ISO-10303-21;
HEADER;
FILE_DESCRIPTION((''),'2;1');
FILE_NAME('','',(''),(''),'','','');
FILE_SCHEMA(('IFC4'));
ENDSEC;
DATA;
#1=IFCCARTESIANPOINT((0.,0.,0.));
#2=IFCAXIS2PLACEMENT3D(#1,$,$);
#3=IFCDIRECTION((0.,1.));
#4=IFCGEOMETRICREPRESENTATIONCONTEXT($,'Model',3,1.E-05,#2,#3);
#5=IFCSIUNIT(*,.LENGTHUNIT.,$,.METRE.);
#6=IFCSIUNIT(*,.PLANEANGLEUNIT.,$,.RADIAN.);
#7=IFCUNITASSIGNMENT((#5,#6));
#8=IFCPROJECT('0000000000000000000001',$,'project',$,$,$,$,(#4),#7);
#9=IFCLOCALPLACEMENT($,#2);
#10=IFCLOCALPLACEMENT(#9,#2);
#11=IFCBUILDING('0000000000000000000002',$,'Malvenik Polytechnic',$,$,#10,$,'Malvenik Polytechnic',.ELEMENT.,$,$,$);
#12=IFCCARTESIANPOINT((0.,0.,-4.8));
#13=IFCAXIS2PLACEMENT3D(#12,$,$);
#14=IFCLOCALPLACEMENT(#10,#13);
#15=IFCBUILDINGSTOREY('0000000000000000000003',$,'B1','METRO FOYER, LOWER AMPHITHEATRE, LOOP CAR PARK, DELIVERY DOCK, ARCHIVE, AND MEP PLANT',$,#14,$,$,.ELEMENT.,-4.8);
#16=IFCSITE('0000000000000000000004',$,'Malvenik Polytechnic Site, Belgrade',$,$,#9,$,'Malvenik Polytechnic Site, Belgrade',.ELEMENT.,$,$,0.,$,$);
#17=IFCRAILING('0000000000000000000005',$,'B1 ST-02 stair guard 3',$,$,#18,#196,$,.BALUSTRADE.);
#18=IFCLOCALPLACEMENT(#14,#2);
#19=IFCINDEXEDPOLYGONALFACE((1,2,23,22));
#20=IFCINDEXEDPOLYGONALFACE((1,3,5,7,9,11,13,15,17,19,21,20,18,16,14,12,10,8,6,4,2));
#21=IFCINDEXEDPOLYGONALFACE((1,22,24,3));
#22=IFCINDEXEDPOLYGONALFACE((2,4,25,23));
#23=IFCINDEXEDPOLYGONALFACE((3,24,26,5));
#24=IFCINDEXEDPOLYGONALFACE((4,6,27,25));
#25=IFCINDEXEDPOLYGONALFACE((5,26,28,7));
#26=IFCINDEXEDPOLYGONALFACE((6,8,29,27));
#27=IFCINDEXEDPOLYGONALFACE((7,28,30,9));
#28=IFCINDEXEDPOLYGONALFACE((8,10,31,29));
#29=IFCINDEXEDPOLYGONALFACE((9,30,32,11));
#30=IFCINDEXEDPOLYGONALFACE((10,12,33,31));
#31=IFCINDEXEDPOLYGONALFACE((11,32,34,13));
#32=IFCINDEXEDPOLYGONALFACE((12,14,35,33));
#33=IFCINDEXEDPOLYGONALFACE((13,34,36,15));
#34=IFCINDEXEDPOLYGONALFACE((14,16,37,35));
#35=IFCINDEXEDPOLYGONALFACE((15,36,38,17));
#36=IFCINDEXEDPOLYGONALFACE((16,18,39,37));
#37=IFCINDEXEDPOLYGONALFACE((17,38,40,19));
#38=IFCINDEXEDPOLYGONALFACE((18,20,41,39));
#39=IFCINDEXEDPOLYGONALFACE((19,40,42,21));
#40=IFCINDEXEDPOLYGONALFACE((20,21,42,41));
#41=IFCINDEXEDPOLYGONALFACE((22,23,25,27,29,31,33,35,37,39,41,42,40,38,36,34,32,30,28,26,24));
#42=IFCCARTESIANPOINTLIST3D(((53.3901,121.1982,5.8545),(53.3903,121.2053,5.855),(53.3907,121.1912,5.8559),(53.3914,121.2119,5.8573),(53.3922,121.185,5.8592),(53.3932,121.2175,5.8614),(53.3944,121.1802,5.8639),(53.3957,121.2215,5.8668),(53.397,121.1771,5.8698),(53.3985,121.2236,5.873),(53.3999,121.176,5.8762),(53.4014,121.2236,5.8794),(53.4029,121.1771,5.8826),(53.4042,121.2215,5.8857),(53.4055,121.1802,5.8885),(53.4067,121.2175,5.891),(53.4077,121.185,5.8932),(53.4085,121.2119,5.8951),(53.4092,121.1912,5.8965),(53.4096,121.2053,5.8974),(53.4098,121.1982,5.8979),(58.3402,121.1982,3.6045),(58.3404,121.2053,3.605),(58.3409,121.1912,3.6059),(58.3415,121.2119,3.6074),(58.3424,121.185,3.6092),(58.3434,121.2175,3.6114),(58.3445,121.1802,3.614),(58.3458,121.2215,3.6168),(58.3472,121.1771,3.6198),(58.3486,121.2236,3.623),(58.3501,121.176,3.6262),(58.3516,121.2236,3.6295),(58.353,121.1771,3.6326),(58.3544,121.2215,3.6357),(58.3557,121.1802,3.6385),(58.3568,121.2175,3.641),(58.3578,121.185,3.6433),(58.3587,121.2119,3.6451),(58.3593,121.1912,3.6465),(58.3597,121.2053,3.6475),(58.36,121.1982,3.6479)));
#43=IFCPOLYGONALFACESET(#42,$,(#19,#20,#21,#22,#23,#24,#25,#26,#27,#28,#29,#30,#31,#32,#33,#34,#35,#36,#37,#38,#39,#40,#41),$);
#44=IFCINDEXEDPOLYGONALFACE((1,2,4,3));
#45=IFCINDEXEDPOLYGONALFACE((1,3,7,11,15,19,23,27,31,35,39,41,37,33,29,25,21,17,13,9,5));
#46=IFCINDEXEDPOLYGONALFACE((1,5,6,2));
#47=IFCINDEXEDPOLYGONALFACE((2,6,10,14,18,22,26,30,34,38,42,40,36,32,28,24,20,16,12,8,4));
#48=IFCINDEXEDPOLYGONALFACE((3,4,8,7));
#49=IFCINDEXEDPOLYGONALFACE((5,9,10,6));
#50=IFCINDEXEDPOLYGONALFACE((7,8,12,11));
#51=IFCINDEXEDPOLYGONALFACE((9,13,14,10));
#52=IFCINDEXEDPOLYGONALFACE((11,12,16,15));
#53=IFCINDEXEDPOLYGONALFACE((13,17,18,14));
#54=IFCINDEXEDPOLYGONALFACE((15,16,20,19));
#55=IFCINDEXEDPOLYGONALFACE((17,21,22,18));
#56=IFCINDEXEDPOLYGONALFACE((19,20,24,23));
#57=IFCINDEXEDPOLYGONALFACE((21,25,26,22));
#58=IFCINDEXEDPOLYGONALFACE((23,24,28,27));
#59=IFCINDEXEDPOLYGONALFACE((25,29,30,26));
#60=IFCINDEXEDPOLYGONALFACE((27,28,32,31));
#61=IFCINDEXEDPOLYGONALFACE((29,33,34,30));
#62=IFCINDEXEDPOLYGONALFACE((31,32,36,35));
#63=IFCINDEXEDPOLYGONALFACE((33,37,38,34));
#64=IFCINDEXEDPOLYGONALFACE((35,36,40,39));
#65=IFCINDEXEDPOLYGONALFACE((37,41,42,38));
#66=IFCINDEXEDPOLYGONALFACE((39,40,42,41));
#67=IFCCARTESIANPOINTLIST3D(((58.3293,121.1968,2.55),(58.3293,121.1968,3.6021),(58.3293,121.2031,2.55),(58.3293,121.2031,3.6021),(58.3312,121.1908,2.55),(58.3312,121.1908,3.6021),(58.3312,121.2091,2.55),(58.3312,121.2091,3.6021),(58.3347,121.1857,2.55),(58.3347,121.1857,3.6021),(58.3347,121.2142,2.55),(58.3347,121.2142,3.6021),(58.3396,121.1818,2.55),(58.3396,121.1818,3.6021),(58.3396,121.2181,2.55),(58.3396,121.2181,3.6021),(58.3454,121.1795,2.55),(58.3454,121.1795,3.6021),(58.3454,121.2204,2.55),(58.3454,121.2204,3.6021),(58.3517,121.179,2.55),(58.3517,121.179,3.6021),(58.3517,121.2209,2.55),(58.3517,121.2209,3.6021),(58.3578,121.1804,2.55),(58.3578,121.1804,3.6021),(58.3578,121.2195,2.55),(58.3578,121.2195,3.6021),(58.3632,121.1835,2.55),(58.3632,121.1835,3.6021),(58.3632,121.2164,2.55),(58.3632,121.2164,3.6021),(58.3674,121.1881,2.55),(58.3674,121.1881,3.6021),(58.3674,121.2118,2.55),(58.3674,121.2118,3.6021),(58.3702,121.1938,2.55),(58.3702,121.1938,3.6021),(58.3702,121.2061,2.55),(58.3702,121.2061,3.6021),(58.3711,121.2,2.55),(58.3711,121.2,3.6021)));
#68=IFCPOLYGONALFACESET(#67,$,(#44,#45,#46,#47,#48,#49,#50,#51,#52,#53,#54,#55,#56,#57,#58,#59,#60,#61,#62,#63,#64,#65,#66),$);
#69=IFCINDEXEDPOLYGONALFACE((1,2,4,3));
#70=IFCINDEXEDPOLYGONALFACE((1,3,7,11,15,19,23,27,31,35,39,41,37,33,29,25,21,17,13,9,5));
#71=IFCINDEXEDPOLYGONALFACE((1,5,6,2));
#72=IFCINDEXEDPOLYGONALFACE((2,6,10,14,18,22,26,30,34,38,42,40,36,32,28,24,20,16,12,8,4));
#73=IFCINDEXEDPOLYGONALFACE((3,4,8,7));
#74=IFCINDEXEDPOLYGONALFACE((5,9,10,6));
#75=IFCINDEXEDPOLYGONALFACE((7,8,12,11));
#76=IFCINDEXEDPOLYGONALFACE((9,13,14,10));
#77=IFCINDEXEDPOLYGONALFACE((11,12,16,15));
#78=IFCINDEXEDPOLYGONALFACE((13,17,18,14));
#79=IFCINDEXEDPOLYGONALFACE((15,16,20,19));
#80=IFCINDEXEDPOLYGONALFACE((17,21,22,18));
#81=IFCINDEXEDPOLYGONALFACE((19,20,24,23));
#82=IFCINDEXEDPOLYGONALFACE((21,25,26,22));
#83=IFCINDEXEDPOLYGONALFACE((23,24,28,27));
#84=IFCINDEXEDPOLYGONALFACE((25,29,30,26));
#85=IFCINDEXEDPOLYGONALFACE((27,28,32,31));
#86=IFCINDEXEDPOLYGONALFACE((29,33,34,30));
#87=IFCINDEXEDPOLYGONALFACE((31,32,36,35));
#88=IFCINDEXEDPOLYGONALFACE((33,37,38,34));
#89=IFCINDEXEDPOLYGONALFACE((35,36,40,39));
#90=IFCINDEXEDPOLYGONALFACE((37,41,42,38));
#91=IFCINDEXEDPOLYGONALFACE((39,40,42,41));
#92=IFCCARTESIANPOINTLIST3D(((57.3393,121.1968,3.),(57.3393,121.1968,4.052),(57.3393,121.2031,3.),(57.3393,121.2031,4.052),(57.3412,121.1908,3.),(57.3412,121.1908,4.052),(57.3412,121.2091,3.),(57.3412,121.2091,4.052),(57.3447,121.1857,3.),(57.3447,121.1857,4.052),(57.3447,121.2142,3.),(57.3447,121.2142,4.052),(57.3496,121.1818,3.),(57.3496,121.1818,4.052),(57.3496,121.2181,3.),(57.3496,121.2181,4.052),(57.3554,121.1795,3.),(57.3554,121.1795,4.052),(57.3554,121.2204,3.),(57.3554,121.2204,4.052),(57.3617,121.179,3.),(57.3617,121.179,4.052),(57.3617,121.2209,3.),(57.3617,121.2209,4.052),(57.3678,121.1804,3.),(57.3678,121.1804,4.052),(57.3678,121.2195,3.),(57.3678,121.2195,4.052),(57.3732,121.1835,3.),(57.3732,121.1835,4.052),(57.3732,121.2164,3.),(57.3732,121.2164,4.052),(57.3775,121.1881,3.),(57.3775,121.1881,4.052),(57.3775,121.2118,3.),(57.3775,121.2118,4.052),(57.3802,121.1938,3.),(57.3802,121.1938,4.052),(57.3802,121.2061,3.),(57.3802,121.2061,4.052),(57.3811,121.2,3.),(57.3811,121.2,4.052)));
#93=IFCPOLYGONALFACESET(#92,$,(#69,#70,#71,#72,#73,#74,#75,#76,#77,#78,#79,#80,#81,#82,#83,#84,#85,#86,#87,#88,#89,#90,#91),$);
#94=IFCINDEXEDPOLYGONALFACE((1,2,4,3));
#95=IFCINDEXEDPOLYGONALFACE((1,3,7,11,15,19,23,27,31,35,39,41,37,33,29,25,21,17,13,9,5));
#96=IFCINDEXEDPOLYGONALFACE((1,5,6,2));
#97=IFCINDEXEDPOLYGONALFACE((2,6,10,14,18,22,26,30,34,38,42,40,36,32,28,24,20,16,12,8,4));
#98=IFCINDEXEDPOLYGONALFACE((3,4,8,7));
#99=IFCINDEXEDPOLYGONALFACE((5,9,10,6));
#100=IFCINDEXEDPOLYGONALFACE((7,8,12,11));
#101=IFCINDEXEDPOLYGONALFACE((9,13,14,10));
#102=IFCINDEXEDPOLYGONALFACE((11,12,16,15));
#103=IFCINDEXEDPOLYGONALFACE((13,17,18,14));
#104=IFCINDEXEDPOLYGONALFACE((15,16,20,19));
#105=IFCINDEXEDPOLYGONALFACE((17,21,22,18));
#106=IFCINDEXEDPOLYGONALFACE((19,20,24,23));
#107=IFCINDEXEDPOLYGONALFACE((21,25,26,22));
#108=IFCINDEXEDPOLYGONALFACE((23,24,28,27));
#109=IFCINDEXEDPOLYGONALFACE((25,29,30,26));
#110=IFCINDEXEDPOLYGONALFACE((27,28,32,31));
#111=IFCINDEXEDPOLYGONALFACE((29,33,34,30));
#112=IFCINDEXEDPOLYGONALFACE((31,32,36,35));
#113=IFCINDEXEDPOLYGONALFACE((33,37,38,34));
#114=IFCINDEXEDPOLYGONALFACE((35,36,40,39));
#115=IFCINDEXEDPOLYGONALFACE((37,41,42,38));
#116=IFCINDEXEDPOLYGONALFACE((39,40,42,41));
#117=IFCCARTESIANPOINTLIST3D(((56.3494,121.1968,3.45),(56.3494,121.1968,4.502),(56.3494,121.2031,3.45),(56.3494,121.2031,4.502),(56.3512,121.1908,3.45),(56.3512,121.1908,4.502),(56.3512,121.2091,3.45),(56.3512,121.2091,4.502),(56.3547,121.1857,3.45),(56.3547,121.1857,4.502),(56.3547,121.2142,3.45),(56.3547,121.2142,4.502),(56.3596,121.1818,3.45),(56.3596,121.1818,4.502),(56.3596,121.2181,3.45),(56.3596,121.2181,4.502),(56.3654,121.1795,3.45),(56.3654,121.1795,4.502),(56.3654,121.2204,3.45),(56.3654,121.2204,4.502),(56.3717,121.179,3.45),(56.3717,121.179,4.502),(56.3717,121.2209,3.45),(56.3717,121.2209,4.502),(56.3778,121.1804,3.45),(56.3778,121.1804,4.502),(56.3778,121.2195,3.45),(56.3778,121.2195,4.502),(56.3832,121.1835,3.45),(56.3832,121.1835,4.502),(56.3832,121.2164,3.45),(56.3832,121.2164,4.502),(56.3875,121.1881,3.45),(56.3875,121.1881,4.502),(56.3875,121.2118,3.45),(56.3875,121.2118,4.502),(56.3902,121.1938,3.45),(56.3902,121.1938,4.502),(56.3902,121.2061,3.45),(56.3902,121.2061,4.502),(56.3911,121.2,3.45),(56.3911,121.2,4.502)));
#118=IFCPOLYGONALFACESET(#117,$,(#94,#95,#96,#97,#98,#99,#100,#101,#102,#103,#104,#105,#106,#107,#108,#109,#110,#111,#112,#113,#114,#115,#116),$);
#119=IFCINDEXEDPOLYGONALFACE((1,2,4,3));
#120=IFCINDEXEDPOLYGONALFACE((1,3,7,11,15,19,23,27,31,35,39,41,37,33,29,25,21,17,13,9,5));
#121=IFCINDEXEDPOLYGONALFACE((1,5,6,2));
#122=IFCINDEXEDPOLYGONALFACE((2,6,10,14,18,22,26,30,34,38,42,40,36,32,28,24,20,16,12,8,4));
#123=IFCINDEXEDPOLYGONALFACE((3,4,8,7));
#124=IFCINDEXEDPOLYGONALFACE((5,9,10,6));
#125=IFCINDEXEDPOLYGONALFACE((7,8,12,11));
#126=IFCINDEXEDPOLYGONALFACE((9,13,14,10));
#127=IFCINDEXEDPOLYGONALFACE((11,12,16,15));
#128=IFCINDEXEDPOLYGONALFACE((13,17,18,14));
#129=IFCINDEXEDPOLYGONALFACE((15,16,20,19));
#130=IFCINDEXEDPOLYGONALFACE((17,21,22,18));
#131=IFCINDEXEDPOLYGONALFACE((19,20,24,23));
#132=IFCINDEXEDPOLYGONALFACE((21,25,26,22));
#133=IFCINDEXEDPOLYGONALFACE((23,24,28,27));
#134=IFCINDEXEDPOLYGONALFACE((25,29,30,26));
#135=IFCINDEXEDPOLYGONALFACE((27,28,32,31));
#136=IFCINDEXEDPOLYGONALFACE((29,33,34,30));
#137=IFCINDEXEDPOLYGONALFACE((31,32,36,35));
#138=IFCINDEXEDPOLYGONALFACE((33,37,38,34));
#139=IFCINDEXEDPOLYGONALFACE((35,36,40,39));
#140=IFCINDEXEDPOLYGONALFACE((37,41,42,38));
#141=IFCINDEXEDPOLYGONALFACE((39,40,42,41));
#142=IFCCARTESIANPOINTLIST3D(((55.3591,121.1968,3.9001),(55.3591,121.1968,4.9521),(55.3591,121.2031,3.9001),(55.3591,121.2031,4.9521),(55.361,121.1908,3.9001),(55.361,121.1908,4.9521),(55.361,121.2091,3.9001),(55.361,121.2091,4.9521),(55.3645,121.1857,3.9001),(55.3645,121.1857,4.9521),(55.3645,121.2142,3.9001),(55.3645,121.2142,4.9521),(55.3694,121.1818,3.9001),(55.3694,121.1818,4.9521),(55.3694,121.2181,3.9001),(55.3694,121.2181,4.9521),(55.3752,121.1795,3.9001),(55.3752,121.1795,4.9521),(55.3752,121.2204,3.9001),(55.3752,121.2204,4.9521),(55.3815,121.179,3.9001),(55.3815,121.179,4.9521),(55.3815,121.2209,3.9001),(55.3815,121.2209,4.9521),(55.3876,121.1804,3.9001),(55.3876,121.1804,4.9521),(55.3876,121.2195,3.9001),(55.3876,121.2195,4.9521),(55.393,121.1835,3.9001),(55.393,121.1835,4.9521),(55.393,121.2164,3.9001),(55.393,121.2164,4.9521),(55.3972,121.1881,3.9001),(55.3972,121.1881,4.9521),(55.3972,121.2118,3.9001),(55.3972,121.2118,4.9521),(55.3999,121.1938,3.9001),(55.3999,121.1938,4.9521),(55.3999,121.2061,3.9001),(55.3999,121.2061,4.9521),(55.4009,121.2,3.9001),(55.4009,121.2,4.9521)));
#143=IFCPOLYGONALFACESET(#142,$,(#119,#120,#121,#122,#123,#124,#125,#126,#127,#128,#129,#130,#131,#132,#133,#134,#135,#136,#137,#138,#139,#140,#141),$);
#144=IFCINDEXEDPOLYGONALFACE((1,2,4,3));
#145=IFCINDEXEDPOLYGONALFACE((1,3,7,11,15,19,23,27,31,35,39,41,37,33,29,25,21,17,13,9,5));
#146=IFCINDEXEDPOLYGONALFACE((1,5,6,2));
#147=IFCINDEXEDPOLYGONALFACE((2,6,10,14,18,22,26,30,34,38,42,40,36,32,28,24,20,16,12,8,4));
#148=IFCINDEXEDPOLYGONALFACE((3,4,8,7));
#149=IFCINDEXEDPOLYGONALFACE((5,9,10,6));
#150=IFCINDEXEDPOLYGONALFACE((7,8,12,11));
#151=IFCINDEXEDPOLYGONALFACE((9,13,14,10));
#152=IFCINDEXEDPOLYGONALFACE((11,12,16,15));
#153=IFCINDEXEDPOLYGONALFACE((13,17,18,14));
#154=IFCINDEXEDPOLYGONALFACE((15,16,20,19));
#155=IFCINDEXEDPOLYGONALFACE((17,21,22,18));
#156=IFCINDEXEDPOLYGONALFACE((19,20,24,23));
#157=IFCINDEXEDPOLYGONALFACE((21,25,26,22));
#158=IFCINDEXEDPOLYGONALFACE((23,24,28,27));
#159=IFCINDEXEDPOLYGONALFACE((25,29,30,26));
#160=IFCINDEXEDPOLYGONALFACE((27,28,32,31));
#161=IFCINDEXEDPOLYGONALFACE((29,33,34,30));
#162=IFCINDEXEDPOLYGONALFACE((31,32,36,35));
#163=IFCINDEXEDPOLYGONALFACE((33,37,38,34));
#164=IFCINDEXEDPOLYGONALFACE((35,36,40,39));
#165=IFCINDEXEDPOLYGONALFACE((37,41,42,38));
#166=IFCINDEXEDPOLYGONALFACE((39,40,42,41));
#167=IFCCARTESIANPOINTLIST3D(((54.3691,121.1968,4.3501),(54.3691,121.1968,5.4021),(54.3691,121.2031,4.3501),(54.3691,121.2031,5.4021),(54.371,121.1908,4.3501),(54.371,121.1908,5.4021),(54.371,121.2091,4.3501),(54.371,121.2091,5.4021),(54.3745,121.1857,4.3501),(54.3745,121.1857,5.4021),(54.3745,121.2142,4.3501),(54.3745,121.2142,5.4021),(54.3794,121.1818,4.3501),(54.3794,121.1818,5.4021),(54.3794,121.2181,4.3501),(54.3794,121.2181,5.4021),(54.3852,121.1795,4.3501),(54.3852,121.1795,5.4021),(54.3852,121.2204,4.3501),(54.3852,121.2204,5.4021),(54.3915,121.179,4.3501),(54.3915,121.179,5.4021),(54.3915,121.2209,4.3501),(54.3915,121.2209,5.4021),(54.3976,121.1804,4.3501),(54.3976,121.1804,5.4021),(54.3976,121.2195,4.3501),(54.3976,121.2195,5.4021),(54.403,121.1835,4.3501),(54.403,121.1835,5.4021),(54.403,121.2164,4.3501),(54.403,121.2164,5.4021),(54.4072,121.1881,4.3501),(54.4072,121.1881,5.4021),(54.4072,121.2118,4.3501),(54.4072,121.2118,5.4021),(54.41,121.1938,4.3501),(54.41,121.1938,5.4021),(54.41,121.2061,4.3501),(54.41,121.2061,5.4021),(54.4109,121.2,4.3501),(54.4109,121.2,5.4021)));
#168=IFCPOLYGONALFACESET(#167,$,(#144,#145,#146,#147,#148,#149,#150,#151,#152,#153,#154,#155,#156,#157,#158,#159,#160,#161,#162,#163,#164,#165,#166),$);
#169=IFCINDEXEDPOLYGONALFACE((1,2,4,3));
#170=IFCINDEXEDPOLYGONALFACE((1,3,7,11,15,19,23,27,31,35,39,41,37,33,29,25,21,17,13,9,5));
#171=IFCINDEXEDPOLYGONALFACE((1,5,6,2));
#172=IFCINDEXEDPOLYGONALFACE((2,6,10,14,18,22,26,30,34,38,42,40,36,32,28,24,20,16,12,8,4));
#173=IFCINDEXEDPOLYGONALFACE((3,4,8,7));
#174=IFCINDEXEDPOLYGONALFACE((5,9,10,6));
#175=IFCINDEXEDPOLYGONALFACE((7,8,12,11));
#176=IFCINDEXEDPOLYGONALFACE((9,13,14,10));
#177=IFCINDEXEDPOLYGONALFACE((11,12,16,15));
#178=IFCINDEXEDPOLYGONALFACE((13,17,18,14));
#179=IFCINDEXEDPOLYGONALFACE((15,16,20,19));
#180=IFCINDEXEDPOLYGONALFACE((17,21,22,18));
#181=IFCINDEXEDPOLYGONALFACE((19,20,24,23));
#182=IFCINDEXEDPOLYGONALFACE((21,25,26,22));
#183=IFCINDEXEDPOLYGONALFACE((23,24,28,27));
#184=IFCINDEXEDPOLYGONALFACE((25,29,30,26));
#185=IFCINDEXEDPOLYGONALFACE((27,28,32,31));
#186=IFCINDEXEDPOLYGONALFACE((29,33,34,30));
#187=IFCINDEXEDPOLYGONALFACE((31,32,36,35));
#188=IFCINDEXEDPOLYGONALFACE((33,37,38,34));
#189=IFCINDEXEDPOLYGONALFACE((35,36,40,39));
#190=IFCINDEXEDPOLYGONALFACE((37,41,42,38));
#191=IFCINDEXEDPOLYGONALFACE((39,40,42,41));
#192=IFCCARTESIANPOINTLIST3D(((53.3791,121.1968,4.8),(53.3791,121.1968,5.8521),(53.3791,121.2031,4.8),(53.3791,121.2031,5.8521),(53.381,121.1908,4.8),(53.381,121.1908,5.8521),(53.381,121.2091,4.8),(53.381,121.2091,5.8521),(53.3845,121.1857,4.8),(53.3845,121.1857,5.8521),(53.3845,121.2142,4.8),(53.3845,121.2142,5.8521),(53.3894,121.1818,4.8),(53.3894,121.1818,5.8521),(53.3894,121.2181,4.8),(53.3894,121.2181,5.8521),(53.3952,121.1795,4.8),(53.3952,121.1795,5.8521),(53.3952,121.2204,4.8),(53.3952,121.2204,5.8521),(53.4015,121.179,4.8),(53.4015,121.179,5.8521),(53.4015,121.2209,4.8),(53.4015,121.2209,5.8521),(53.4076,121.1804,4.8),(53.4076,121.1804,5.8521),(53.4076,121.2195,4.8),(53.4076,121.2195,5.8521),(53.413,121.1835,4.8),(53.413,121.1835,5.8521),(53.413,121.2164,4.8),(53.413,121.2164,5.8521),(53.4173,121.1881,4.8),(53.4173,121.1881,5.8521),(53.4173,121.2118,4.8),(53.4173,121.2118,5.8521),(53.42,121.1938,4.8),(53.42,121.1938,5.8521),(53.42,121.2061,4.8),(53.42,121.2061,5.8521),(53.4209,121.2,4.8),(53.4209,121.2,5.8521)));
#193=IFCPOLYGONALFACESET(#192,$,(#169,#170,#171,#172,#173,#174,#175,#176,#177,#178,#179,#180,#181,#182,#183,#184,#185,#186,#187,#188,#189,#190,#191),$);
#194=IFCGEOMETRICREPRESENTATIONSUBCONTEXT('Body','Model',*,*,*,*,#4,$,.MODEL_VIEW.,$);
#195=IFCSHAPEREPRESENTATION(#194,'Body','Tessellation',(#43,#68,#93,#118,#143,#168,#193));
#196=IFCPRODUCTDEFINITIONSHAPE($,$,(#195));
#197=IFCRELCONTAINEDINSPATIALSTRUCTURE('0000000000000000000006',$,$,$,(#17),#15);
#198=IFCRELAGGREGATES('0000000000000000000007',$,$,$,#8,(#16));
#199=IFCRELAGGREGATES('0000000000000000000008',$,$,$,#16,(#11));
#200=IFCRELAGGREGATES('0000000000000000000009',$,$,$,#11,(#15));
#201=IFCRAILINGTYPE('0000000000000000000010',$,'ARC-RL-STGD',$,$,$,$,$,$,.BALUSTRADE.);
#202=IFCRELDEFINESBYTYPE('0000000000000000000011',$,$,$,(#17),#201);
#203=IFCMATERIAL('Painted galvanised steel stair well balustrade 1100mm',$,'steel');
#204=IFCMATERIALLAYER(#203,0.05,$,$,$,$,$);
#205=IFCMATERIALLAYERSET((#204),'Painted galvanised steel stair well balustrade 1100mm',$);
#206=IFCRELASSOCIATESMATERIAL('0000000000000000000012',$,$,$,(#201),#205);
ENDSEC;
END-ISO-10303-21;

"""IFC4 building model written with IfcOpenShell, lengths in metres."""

from ifc_helpers import new_model, si_unit, direction, frame, origin, origin_2d, place, context, subcontext, project, spatial, circle, extrude, material, layer, layer_set, type_object, element, save


model = new_model("IFC4")

# Units and contexts
model_context = context("Model", 3, precision=1e-05, world=origin(), true_north=direction((0.0, 1.0)))
body_context = subcontext(model_context, "Body", "Model", "MODEL_VIEW")
ifc_project = project(units=[si_unit("LENGTHUNIT", "METRE"), si_unit("PLANEANGLEUNIT", "RADIAN")], contexts=[model_context])

# Site, building, storey
site_placement = place(None, origin())
site = spatial("IfcSite", under=ifc_project, at=site_placement, Name="Malvenik Polytechnic Site, Belgrade", LongName="Malvenik Polytechnic Site, Belgrade", CompositionType="ELEMENT", RefElevation=0.0)
building_placement = place(site_placement, origin())
building = spatial("IfcBuilding", under=site, at=building_placement, Name="Malvenik Polytechnic", LongName="Malvenik Polytechnic", CompositionType="ELEMENT")
storey_placement = place(building_placement, frame((0.0, 0.0, -4.8)))
storey = spatial("IfcBuildingStorey", under=building, at=storey_placement, Name="B1", Description="METRO FOYER, LOWER AMPHITHEATRE, LOOP CAR PARK, DELIVERY DOCK, ARCHIVE, AND MEP PLANT", CompositionType="ELEMENT", Elevation=-4.8)

# Railing
ifc_material_1 = material(Name="Painted galvanised steel stair well balustrade 1100mm", Category="steel")
ifc_layer_1 = layer(ifc_material_1, 0.05)
ifc_layer_set_1 = layer_set([ifc_layer_1], Name="Painted galvanised steel stair well balustrade 1100mm")
railing_type_1 = type_object("IfcRailingType", Name="ARC-RL-STGD", PredefinedType="BALUSTRADE", material=ifc_layer_set_1)
railing_1_placement = place(storey_placement, frame((58.3501, 121.2, 2.55)))
element("IfcRailing", 1, at=railing_1_placement, inside=storey, type_object=railing_type_1, Name="B1 ST-02 stair guard 3", PredefinedType="BALUSTRADE", context=body_context, shape_type="SweptSolid", body=[
    extrude(circle(Radius=0.0239, at=origin_2d()), frame((0.0, 0.0, 1.0762), z_axis=(-0.910373, 0.0, 0.413789), x_axis=(0.0, -1.0, 0.0)), (0.0, 0.0, 1.0), 5.4375),
    extrude(circle(Radius=0.021, at=origin_2d()), origin(), (0.0, 0.0, 1.0), 1.052),
    extrude(circle(Radius=0.021, at=origin_2d()), frame((-0.99, 0.0, 0.45)), (0.0, 0.0, 1.0), 1.052),
    extrude(circle(Radius=0.021, at=origin_2d()), frame((-1.98, 0.0, 0.8999)), (0.0, 0.0, 1.0), 1.052),
    extrude(circle(Radius=0.021, at=origin_2d()), frame((-2.9702, 0.0, 1.3501)), (0.0, 0.0, 1.0), 1.052),
    extrude(circle(Radius=0.021, at=origin_2d()), frame((-3.9602, 0.0, 1.8)), (0.0, 0.0, 1.0), 1.052),
    extrude(circle(Radius=0.021, at=origin_2d()), frame((-4.9502, 0.0, 2.25)), (0.0, 0.0, 1.0), 1.052),
])

save(model, "model.ifc")
